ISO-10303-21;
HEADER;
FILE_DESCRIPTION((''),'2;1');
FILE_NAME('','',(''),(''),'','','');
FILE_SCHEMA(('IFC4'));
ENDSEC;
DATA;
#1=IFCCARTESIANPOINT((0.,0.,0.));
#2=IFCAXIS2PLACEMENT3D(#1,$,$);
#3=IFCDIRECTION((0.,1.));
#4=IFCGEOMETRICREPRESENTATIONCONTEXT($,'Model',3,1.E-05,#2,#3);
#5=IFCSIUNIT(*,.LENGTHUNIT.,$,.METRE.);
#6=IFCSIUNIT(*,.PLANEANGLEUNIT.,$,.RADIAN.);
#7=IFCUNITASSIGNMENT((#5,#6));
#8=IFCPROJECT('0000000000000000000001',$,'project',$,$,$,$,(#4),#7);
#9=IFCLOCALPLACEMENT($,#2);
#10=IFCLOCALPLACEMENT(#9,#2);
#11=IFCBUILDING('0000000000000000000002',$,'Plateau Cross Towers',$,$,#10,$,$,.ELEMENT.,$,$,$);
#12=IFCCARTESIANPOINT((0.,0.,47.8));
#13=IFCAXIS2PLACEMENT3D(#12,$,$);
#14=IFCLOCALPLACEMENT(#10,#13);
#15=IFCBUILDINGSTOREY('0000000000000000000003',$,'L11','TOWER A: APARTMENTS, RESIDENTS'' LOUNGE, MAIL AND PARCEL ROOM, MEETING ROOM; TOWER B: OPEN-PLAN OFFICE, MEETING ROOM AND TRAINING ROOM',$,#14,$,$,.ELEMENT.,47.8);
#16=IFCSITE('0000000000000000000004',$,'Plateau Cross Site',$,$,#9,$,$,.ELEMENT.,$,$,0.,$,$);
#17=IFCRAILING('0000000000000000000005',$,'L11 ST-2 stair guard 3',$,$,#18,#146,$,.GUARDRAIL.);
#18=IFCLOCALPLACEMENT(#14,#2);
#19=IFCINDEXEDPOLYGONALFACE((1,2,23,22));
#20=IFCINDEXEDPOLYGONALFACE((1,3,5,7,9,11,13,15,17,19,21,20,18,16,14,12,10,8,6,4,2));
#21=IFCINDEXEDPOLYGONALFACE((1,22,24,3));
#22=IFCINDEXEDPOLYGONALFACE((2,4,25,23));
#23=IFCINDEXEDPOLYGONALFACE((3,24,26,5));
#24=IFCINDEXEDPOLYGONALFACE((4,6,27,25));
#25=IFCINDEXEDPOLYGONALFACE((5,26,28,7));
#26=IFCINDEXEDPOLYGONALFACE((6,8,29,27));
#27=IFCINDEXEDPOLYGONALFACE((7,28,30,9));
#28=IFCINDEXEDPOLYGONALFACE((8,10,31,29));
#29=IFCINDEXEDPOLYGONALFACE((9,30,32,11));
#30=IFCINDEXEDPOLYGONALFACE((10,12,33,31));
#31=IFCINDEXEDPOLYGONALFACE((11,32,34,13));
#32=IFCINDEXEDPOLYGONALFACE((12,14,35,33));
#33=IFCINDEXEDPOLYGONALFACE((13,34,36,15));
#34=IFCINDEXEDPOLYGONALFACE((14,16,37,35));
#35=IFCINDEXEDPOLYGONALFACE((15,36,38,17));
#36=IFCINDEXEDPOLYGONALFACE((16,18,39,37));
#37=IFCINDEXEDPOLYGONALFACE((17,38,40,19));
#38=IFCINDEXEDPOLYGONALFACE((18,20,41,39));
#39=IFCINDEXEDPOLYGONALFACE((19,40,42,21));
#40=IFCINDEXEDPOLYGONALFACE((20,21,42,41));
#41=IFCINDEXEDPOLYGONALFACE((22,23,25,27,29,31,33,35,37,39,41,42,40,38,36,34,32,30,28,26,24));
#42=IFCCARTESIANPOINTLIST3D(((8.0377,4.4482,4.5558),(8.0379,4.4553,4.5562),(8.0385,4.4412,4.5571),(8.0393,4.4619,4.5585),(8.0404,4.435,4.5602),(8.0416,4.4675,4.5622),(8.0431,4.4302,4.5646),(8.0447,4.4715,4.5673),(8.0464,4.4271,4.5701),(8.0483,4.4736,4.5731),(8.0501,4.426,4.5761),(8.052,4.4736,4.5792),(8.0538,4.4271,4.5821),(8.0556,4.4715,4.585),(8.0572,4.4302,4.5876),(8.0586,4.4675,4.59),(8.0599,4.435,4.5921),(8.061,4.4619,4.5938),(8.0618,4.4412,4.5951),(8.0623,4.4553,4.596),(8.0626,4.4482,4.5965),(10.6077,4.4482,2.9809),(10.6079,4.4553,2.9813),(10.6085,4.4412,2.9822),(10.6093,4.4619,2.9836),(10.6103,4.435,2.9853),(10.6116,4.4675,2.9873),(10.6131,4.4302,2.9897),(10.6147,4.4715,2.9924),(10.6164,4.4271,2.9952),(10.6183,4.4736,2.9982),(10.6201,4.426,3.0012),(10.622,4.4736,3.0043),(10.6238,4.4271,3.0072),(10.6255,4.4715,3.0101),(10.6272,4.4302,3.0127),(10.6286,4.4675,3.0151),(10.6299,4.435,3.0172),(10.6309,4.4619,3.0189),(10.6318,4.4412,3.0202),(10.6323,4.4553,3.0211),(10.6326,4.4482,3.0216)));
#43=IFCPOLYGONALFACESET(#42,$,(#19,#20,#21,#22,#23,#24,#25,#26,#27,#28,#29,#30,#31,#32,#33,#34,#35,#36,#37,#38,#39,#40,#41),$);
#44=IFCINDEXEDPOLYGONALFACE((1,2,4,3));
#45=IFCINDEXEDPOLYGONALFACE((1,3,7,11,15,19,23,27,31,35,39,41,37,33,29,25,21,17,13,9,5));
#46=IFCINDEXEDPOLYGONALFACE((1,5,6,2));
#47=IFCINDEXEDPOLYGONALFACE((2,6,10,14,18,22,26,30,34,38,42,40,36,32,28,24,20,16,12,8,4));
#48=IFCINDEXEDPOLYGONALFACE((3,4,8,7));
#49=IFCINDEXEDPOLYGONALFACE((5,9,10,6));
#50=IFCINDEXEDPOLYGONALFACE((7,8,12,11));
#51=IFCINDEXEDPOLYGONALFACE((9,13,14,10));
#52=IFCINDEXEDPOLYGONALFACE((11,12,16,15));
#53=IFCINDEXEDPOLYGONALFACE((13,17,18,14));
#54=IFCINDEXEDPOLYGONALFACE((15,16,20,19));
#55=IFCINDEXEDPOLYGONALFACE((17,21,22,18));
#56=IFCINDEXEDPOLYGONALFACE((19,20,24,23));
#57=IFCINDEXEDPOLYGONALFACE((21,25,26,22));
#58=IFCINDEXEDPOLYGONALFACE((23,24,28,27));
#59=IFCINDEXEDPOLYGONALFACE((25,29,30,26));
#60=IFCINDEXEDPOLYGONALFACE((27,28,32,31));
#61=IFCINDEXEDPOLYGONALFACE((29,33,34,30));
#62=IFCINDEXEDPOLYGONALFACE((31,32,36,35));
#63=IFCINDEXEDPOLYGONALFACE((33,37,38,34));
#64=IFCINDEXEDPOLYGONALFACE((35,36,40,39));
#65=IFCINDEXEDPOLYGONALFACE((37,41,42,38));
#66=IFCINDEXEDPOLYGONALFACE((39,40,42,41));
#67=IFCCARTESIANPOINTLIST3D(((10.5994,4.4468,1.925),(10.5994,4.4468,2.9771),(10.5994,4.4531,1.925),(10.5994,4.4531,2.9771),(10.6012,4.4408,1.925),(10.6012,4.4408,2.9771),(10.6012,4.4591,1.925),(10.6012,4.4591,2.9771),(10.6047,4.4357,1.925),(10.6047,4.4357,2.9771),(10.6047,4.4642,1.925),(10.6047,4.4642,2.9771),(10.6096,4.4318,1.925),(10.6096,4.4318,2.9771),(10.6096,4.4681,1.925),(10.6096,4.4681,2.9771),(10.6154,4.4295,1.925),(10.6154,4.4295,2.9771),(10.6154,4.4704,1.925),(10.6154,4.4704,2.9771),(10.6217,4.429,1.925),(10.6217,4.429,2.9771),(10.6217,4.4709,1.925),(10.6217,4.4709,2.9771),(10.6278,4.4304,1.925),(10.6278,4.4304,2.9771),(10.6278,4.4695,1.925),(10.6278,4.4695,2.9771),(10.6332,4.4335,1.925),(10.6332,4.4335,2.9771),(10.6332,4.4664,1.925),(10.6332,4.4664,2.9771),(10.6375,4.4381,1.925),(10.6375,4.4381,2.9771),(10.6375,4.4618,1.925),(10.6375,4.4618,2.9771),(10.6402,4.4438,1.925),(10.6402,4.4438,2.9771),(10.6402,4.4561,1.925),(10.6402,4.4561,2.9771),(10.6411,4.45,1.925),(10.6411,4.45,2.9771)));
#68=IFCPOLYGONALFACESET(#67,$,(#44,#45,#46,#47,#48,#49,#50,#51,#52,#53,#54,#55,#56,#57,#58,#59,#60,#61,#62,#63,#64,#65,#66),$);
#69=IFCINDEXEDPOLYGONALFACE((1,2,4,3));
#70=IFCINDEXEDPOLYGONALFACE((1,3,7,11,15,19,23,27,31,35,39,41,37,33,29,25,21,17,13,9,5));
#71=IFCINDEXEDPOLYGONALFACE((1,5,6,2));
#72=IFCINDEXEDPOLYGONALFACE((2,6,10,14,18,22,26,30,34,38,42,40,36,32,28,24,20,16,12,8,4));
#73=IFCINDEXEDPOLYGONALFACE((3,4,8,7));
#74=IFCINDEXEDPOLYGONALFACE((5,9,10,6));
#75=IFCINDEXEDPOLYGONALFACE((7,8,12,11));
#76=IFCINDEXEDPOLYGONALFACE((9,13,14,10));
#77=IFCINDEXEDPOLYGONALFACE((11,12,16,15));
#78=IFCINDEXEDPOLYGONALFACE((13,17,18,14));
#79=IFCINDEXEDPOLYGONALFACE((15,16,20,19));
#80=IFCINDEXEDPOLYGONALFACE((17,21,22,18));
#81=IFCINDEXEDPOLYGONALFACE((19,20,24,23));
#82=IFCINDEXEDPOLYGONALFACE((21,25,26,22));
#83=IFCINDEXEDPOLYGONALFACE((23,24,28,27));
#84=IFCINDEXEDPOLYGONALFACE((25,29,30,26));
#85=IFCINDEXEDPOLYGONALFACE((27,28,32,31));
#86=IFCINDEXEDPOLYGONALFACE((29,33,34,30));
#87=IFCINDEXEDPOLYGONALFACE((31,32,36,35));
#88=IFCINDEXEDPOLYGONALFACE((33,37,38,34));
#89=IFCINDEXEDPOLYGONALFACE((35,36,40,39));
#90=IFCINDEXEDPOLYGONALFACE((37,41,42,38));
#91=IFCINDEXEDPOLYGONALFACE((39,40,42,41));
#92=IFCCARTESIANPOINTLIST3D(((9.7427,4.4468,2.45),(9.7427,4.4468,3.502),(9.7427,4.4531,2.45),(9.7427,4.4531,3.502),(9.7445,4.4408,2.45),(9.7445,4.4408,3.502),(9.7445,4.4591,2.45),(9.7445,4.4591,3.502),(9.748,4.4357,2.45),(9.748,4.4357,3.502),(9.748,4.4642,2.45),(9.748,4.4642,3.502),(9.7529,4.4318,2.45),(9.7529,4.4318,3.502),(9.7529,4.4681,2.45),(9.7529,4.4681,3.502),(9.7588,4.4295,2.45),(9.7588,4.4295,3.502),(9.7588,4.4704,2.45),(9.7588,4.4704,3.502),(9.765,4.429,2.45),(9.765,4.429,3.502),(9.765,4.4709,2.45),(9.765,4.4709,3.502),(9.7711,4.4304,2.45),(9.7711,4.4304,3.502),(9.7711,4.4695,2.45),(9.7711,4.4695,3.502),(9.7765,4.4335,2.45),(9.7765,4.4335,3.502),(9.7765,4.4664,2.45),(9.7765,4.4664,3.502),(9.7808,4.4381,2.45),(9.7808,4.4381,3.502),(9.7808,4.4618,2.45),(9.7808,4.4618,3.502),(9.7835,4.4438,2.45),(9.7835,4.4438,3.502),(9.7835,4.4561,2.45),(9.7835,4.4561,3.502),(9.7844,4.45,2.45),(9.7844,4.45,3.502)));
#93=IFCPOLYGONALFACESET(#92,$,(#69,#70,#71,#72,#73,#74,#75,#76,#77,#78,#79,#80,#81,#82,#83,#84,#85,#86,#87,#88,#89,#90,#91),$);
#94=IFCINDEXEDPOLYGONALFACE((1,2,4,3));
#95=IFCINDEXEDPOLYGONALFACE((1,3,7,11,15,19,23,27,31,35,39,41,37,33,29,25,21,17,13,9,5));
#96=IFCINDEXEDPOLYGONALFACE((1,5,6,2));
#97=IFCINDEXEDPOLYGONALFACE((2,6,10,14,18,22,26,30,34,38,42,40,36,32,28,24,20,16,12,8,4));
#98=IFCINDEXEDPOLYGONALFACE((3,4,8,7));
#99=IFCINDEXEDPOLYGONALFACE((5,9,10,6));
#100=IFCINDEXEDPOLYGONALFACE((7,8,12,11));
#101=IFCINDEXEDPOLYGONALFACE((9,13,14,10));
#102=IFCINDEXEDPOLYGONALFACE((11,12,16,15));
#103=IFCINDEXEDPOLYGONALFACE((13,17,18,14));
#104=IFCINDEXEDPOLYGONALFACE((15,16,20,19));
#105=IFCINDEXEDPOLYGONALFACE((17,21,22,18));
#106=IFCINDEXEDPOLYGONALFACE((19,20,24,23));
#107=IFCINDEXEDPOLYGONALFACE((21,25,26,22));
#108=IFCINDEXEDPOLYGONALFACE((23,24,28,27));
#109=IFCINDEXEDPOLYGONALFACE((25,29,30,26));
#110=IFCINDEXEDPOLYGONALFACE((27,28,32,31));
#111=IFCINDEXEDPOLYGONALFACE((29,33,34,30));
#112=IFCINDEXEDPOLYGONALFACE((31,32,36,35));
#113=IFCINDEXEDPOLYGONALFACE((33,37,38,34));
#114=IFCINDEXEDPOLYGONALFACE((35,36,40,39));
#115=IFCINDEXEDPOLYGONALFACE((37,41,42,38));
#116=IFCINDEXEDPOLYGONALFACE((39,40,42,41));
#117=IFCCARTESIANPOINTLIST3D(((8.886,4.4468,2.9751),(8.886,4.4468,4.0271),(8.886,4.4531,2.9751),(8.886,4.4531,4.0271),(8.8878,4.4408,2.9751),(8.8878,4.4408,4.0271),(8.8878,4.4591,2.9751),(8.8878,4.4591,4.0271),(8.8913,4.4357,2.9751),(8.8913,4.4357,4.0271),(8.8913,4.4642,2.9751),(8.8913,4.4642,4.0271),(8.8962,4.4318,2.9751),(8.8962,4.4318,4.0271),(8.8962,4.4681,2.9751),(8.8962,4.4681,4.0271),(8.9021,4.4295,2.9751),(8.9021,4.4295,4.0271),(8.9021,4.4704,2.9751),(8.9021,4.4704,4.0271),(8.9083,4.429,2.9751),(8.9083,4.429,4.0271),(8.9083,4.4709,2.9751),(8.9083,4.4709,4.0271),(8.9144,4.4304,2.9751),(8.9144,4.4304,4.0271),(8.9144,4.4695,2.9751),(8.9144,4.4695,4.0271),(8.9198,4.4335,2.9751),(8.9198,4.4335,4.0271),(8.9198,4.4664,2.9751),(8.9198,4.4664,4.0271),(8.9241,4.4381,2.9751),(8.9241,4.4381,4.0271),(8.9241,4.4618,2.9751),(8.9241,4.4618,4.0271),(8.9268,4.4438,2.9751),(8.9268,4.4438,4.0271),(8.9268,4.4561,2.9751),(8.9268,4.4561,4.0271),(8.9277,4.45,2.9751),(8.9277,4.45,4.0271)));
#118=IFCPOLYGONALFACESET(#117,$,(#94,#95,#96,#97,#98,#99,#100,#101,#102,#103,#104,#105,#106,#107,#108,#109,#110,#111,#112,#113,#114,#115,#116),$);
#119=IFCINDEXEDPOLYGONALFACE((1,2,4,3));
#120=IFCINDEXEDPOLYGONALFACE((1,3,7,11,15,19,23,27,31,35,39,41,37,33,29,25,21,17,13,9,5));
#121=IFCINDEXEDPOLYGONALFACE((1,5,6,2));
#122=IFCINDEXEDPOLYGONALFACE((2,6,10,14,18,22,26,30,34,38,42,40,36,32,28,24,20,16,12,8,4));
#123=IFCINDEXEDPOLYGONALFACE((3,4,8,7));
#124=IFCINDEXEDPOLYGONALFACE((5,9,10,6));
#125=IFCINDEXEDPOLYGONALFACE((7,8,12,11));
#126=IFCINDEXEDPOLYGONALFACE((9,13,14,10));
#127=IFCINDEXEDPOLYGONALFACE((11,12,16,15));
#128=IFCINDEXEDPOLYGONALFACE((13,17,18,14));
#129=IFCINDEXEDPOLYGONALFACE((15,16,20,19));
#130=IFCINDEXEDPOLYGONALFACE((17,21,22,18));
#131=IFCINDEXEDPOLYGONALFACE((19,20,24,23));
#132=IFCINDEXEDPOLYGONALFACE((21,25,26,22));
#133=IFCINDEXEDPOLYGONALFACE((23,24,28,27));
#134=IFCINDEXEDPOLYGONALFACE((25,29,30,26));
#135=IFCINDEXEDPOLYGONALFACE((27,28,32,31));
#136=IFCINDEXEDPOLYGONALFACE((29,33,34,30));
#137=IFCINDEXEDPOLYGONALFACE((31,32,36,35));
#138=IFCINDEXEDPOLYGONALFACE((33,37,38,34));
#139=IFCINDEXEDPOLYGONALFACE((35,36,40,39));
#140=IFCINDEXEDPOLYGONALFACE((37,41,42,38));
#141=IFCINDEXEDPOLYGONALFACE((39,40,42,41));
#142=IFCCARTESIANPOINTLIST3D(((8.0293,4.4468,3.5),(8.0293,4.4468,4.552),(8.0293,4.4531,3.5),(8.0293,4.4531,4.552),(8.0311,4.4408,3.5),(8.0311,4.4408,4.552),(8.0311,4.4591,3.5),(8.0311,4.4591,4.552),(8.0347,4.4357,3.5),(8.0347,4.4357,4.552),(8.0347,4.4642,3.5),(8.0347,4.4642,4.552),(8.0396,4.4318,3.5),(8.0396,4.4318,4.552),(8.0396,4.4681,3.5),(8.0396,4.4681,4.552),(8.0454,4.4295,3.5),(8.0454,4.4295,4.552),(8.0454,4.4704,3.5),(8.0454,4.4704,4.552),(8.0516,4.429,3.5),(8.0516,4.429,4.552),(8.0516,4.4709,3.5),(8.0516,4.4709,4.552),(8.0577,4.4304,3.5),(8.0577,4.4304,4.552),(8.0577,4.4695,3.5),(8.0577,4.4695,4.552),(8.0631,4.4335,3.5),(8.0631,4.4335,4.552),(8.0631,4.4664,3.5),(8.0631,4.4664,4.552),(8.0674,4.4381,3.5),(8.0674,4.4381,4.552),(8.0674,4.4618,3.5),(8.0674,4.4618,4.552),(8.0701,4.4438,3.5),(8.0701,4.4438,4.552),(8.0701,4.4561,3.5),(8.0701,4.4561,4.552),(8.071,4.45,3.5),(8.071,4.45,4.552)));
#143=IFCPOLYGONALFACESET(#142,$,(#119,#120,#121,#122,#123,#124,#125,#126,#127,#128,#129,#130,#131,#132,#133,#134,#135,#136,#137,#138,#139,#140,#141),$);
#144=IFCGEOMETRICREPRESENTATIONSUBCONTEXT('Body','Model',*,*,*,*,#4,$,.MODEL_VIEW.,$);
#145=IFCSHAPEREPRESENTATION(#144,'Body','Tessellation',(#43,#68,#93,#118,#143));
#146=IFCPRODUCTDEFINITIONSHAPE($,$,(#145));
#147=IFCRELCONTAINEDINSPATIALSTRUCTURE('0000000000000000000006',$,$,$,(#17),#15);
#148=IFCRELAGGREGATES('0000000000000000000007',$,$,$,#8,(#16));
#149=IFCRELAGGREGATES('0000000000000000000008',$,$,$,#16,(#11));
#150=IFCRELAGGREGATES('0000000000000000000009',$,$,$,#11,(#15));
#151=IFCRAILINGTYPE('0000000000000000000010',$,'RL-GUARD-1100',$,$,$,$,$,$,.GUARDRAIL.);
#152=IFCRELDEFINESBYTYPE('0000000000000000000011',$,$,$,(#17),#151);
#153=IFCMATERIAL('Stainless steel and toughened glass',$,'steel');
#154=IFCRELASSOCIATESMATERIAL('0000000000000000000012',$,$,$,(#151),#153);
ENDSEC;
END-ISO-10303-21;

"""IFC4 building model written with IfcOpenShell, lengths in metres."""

from ifc_helpers import new_model, si_unit, direction, frame, origin, origin_2d, place, context, subcontext, project, spatial, circle, extrude, material, type_object, element, save


model = new_model("IFC4")

# Units and contexts
model_context = context("Model", 3, precision=1e-05, world=origin(), true_north=direction((0.0, 1.0)))
body_context = subcontext(model_context, "Body", "Model", "MODEL_VIEW")
ifc_project = project(units=[si_unit("LENGTHUNIT", "METRE"), si_unit("PLANEANGLEUNIT", "RADIAN")], contexts=[model_context])

# Site, building, storey
site_placement = place(None, origin())
site = spatial("IfcSite", under=ifc_project, at=site_placement, Name="Plateau Cross Site", CompositionType="ELEMENT", RefElevation=0.0)
building_placement = place(site_placement, origin())
building = spatial("IfcBuilding", under=site, at=building_placement, Name="Plateau Cross Towers", CompositionType="ELEMENT")
storey_placement = place(building_placement, frame((0.0, 0.0, 47.8)))
storey = spatial("IfcBuildingStorey", under=building, at=storey_placement, Name="L11", Description="TOWER A: APARTMENTS, RESIDENTS' LOUNGE, MAIL AND PARCEL ROOM, MEETING ROOM; TOWER B: OPEN-PLAN OFFICE, MEETING ROOM AND TRAINING ROOM", CompositionType="ELEMENT", Elevation=47.8)

# Railing
ifc_material_1 = material(Name="Stainless steel and toughened glass", Category="steel")
railing_type_1 = type_object("IfcRailingType", Name="RL-GUARD-1100", PredefinedType="GUARDRAIL", material=ifc_material_1)
railing_1_placement = place(storey_placement, frame((10.6201, 4.45, 1.925)))
element("IfcRailing", 1, at=railing_1_placement, inside=storey, type_object=railing_type_1, Name="L11 ST-2 stair guard 3", PredefinedType="GUARDRAIL", context=body_context, shape_type="SweptSolid", body=[
    extrude(circle(Radius=0.0239, at=origin_2d()), frame((0.0, 0.0, 1.0762), z_axis=(-0.852639, 0.0, 0.522501), x_axis=(0.0, -1.0, 0.0)), (0.0, 0.0, 1.0), 3.0142),
    extrude(circle(Radius=0.021, at=origin_2d()), origin(), (0.0, 0.0, 1.0), 1.052),
    extrude(circle(Radius=0.021, at=origin_2d()), frame((-0.8567, 0.0, 0.5249)), (0.0, 0.0, 1.0), 1.052),
    extrude(circle(Radius=0.021, at=origin_2d()), frame((-1.7134, 0.0, 1.05)), (0.0, 0.0, 1.0), 1.052),
    extrude(circle(Radius=0.021, at=origin_2d()), frame((-2.5701, 0.0, 1.575)), (0.0, 0.0, 1.0), 1.052),
])

save(model, "model.ifc")
